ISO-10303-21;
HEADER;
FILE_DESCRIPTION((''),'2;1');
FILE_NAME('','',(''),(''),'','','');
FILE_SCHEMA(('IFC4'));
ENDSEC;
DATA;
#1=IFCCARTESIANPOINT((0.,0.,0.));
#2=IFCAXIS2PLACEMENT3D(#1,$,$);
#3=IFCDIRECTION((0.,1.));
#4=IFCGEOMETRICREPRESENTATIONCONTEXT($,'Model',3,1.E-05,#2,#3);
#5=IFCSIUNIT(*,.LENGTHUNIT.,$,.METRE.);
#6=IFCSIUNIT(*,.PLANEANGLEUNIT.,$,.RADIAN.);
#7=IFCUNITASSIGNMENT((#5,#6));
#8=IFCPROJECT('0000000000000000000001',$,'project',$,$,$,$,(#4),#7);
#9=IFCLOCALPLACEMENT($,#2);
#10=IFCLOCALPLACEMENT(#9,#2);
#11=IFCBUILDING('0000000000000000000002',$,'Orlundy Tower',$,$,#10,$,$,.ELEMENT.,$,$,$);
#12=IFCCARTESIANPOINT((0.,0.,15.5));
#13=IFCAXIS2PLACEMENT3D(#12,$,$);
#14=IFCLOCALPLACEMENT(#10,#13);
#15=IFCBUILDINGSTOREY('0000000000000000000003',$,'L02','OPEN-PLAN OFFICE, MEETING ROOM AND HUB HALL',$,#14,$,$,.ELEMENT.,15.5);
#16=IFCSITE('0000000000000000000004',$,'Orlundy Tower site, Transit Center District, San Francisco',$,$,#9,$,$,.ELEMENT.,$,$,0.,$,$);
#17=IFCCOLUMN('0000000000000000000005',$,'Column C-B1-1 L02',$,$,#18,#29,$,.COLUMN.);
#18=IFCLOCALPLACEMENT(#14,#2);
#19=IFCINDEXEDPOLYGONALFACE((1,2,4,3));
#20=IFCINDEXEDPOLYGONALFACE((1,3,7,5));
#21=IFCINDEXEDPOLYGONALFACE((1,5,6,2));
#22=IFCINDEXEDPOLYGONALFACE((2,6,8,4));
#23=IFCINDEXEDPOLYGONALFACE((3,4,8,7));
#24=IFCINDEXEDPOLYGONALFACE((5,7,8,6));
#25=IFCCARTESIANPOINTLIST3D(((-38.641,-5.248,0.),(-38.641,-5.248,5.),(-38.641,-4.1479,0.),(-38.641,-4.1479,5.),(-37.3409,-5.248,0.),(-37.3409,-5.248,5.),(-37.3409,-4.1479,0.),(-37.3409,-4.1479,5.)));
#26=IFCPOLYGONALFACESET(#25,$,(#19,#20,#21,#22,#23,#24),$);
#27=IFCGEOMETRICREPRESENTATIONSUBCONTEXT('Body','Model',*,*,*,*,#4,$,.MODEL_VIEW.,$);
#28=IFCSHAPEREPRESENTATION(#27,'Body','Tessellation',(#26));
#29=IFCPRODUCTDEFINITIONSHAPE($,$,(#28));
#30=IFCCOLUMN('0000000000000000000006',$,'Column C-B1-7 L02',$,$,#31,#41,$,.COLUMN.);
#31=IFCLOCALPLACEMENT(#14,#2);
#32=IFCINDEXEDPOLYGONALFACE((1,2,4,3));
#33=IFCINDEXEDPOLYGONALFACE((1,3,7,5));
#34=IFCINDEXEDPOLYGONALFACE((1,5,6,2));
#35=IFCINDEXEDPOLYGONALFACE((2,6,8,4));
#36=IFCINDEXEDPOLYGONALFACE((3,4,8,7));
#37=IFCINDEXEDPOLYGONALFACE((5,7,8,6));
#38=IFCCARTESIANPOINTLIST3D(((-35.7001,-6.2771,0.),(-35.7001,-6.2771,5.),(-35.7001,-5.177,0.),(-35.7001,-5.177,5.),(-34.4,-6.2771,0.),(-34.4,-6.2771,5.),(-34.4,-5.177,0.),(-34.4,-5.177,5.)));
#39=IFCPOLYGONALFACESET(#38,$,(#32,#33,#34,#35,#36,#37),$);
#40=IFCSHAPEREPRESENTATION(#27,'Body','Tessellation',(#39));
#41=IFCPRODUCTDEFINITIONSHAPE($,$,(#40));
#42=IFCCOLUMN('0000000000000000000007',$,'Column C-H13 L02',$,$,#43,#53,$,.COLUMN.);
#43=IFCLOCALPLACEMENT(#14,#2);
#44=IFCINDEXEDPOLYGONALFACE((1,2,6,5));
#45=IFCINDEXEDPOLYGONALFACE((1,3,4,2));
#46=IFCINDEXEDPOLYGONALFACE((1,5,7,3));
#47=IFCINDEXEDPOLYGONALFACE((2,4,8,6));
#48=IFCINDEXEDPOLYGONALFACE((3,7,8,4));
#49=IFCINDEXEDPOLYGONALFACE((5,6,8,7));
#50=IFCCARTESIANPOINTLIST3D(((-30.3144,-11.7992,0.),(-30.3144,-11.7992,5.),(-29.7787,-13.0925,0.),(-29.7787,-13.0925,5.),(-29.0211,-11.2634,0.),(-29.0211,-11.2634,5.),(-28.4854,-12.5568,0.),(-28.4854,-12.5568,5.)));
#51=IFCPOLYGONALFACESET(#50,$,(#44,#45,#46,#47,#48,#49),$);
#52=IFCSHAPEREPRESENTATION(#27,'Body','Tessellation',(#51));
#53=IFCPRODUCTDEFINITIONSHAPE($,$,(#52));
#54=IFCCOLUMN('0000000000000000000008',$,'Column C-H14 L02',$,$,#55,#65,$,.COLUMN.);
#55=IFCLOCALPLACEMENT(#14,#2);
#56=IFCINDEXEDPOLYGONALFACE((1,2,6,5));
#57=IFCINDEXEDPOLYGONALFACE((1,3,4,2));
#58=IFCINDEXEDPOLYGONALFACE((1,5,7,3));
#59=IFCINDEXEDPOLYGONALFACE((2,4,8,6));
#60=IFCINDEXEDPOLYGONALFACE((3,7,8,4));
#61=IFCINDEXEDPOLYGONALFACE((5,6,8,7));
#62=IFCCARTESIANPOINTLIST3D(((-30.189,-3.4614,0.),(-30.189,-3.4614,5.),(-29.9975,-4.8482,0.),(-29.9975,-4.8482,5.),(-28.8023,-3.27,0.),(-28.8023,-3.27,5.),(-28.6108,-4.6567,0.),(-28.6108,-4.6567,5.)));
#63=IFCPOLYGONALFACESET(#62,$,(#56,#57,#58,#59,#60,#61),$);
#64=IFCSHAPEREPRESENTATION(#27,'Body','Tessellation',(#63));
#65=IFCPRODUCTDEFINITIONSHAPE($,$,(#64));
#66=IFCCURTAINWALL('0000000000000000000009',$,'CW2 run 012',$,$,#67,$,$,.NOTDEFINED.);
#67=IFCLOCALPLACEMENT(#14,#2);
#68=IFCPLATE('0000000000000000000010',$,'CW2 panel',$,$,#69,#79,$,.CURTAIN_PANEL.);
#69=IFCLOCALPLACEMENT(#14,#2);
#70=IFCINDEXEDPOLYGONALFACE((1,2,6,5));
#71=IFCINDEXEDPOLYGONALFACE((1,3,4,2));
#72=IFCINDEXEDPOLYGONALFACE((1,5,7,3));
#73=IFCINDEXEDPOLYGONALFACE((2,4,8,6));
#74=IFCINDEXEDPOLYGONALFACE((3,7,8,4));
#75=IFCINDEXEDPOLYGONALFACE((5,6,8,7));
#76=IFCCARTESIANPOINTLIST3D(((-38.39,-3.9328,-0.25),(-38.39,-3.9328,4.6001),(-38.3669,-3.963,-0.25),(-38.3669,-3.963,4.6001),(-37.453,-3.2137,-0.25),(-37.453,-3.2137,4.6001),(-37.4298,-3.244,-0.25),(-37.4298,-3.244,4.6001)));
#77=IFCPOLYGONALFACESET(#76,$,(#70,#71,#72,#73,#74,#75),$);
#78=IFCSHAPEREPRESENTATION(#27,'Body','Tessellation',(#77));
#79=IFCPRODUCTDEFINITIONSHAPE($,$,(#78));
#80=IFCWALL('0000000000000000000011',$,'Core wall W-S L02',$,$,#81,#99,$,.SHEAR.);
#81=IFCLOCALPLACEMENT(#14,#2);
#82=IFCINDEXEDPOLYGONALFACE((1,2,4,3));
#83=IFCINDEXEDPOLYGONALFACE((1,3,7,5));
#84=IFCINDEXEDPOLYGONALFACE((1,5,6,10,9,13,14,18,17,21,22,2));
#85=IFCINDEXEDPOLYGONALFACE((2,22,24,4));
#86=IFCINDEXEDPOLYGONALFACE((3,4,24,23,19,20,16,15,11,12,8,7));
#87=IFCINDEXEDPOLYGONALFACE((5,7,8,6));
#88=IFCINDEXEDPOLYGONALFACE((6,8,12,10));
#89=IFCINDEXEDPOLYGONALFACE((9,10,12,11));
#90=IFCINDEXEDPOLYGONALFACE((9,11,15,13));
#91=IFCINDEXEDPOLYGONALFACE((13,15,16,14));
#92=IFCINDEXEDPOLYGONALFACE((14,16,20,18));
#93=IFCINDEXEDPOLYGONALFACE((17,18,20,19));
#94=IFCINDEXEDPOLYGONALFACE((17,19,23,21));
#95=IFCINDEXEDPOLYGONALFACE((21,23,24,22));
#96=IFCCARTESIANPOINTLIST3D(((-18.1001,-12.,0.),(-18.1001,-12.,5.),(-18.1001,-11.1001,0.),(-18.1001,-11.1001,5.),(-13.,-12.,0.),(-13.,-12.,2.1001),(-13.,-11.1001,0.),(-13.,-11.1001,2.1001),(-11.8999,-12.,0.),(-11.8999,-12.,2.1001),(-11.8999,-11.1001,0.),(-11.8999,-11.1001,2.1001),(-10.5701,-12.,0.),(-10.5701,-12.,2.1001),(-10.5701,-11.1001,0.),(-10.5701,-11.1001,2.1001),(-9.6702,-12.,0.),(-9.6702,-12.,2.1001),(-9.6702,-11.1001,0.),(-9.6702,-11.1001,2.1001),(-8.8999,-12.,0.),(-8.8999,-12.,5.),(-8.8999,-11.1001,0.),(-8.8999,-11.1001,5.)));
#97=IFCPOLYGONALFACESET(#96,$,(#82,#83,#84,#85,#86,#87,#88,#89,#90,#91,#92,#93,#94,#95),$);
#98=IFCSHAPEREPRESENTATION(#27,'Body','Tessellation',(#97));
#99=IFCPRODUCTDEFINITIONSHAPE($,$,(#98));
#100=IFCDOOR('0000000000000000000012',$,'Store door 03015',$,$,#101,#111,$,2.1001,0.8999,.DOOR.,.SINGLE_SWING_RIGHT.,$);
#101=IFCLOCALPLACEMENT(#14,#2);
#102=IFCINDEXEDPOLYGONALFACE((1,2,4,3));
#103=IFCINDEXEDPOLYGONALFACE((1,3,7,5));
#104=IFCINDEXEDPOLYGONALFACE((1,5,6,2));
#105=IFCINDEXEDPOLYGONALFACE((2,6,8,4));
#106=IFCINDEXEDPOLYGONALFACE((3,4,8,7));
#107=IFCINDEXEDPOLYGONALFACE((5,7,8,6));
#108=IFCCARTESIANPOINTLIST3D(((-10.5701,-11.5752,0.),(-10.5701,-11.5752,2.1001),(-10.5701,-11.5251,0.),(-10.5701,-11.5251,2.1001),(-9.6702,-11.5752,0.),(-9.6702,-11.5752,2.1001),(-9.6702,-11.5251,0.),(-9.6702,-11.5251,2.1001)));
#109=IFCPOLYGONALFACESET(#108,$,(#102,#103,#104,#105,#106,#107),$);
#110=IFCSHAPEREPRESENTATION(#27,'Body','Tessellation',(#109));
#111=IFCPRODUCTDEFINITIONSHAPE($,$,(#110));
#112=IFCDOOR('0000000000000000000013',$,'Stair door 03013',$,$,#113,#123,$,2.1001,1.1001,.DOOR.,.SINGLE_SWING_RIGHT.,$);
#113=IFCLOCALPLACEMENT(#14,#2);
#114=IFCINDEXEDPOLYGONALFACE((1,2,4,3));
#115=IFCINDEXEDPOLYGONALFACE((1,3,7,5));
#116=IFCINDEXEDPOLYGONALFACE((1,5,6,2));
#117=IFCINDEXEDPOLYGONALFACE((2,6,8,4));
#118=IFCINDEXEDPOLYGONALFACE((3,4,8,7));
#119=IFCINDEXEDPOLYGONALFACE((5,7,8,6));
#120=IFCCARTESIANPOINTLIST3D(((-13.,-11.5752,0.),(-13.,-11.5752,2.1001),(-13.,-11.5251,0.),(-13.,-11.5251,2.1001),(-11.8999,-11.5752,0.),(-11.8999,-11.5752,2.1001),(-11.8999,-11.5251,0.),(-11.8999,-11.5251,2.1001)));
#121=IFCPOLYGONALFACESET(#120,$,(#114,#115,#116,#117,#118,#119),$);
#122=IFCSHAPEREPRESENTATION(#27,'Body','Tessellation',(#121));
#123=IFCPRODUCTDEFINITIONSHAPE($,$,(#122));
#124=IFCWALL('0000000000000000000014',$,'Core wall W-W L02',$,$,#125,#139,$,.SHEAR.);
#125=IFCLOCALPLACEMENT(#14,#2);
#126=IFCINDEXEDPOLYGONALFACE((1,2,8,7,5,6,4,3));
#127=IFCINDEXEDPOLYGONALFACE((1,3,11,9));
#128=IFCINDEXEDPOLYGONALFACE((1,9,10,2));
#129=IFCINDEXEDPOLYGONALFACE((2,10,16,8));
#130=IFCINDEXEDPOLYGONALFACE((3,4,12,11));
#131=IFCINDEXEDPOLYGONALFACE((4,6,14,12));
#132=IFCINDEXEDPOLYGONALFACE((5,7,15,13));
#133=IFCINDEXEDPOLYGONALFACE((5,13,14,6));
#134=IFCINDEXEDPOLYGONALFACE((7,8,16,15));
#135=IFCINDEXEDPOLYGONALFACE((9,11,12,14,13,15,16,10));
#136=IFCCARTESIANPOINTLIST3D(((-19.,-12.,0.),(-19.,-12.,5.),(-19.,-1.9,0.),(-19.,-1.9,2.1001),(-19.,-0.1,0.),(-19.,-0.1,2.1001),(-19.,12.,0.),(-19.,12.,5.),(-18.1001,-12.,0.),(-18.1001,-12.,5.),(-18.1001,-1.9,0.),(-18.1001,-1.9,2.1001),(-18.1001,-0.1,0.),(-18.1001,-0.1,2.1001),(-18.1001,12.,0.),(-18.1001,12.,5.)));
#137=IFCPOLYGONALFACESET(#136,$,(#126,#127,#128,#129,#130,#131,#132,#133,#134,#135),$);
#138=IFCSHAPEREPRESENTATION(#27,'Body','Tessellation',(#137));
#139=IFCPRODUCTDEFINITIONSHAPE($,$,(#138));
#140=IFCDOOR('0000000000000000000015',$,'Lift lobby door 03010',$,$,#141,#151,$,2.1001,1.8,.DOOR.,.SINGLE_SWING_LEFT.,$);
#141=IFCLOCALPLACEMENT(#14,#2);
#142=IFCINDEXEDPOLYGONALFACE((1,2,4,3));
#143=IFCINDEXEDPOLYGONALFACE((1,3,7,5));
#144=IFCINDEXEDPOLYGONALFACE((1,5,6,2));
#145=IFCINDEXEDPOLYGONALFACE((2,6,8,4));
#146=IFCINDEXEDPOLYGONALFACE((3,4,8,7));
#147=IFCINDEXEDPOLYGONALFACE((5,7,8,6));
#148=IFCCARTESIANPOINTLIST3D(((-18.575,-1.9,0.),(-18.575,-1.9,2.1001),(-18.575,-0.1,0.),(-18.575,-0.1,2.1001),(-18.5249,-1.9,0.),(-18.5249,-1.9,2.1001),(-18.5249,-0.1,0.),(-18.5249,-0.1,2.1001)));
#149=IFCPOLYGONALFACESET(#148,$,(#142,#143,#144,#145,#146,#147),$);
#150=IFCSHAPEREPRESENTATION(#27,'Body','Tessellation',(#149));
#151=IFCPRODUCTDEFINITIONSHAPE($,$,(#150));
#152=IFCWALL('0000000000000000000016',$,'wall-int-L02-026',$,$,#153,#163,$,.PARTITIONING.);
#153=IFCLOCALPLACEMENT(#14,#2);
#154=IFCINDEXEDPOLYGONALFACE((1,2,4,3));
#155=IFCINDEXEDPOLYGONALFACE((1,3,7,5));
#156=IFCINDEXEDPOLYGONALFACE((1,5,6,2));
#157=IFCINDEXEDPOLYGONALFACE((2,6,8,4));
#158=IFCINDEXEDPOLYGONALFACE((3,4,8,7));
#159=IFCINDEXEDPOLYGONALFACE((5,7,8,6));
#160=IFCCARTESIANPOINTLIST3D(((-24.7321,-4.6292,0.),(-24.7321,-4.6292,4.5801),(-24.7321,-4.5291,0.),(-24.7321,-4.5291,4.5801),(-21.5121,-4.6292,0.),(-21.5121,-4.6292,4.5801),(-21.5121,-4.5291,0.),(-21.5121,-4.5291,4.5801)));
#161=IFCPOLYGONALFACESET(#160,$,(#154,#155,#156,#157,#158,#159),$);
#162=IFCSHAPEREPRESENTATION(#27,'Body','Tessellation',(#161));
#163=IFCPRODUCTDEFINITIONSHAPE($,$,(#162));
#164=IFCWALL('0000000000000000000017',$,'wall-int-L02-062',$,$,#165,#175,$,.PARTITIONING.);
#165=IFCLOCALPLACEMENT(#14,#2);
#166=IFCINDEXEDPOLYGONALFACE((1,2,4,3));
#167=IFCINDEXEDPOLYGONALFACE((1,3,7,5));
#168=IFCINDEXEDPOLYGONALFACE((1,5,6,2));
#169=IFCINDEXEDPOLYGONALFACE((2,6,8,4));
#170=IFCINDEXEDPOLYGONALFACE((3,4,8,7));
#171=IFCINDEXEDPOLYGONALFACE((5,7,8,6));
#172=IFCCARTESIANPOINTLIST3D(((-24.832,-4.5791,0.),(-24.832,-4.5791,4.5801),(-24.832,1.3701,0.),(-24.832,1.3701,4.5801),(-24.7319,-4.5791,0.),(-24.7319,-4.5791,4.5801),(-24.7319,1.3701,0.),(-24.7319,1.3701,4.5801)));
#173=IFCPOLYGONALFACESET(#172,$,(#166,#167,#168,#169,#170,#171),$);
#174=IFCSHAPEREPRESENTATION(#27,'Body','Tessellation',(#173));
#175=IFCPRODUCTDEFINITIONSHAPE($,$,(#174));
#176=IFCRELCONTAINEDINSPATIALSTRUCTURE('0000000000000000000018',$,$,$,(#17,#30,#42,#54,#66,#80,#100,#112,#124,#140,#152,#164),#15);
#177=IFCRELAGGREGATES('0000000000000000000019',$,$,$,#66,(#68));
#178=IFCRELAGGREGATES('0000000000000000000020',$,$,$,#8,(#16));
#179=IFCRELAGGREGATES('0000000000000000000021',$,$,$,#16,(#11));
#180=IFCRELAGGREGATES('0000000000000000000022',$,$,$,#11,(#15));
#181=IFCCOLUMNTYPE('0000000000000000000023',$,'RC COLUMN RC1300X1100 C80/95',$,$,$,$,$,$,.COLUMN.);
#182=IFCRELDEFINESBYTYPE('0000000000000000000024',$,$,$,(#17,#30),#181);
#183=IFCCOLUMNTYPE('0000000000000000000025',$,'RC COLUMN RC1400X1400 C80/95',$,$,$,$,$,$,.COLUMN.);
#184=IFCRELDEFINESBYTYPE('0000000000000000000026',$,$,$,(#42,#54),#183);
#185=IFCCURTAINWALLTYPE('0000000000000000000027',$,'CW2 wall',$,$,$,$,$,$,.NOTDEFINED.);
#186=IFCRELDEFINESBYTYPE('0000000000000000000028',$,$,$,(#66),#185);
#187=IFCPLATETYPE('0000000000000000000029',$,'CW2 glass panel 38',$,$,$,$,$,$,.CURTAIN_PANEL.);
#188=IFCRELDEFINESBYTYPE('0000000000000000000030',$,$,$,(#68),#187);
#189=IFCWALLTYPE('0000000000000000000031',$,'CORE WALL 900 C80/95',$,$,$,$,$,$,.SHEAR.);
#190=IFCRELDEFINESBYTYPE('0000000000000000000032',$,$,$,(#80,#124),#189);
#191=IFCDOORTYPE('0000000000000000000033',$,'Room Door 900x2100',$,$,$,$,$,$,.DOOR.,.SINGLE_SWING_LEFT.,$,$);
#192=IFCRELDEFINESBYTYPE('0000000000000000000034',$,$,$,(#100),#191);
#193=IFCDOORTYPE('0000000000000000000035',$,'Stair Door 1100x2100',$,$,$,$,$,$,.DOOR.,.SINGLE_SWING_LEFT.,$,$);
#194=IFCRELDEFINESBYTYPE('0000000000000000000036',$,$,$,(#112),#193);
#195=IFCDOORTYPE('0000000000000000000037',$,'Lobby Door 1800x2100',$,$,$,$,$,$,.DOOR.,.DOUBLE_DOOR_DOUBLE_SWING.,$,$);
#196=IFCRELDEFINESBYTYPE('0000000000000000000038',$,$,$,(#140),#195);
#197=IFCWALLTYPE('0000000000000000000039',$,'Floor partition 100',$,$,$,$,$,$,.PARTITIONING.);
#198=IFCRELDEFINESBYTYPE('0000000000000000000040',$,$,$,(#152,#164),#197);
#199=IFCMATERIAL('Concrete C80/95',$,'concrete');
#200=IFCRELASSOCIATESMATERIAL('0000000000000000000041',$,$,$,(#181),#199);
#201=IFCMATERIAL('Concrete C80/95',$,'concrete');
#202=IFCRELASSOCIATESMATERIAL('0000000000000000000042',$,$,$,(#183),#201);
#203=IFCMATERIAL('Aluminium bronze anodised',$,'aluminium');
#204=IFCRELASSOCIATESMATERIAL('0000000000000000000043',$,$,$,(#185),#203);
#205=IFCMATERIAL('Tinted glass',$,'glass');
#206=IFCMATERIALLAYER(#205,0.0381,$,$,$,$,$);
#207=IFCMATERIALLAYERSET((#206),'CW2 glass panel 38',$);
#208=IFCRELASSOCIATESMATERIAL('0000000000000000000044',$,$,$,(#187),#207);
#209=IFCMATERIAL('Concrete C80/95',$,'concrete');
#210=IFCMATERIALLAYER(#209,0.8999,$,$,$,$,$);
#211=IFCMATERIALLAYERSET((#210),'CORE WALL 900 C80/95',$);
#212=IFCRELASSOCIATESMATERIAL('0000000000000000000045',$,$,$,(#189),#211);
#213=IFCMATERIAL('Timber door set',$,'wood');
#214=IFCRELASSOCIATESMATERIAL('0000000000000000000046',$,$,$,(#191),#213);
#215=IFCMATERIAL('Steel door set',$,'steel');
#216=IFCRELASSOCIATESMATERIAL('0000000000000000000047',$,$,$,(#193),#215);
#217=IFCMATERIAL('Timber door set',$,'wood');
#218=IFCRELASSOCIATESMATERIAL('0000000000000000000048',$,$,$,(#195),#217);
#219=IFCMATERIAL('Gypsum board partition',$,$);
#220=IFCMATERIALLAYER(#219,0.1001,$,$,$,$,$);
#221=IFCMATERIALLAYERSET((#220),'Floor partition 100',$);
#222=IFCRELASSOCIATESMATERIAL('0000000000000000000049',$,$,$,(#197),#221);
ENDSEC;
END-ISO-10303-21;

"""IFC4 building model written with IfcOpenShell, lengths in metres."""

from ifc_helpers import new_model, si_unit, direction, frame, frame_2d, origin, origin_2d, place, context, subcontext, project, spatial, rectangle, extrude, material, layer, layer_set, material_profile, profile_set, type_object, element, fill, aggregate, save


model = new_model("IFC4")

# Units and contexts
model_context = context("Model", 3, precision=1e-05, world=origin(), true_north=direction((0.0, 1.0)))
body_context = subcontext(model_context, "Body", "Model", "MODEL_VIEW")
ifc_project = project(units=[si_unit("LENGTHUNIT", "METRE"), si_unit("PLANEANGLEUNIT", "RADIAN")], contexts=[model_context])

# Site, building, storey
site_placement = place(None, origin())
site = spatial("IfcSite", under=ifc_project, at=site_placement, Name="Orlundy Tower site, Transit Center District, San Francisco", CompositionType="ELEMENT", RefElevation=0.0)
building_placement = place(site_placement, origin())
building = spatial("IfcBuilding", under=site, at=building_placement, Name="Orlundy Tower", CompositionType="ELEMENT")
storey_placement = place(building_placement, frame((0.0, 0.0, 15.5)))
storey = spatial("IfcBuildingStorey", under=building, at=storey_placement, Name="L02", Description="OPEN-PLAN OFFICE, MEETING ROOM AND HUB HALL", CompositionType="ELEMENT", Elevation=15.5)

# Columns
ifc_material_1 = material(Name="Concrete C80/95", Category="concrete")
ifc_material_profile_1 = material_profile(ifc_material_1, rectangle(XDim=1.3, YDim=1.1001, at=origin_2d()), Name="RC1300X1100")
ifc_profile_set_1 = profile_set([ifc_material_profile_1], Name="Concrete C80/95")
column_type_1 = type_object("IfcColumnType", Name="RC COLUMN RC1300X1100 C80/95", PredefinedType="COLUMN", material=ifc_profile_set_1)
for number, where, z_axis, x_axis, name in (
    (1, (-37.991, -4.698, 0.0), (0.0, 0.0, 1.0), (1.0, 0.0, 0.0), "Column C-B1-1 L02"),
    (2, (-35.05, -5.7271, 0.0), (0.0, 0.0, 1.0), (1.0, 0.0, 0.0), "Column C-B1-7 L02"),
):
    element("IfcColumn", number, at=place(storey_placement, frame(where, z_axis=z_axis, x_axis=x_axis)), inside=storey, type_object=column_type_1, Name=name, PredefinedType="COLUMN", context=body_context, shape_type="SweptSolid", body=[
        extrude(rectangle(XDim=1.3, YDim=1.1001, at=origin_2d()), origin(), (0.0, 0.0, 1.0), 5.0),
    ])
ifc_material_2 = material(Name="Concrete C80/95", Category="concrete")
ifc_material_profile_2 = material_profile(ifc_material_2, rectangle(XDim=1.3999, YDim=1.3999, at=origin_2d()), Name="RC1400X1400")
ifc_profile_set_2 = profile_set([ifc_material_profile_2], Name="Concrete C80/95")
column_type_2 = type_object("IfcColumnType", Name="RC COLUMN RC1400X1400 C80/95", PredefinedType="COLUMN", material=ifc_profile_set_2)
for number, where, z_axis, x_axis, name in (
    (3, (-29.3999, -12.178, 0.0), (0.0, 0.0, 1.0), (-0.92388, -0.382683, 0.0), "Column C-H13 L02"),
    (4, (-29.3999, -4.0591, 0.0), (0.0, 0.0, 1.0), (-0.990603, -0.13677, 0.0), "Column C-H14 L02"),
):
    element("IfcColumn", number, at=place(storey_placement, frame(where, z_axis=z_axis, x_axis=x_axis)), inside=storey, type_object=column_type_2, Name=name, PredefinedType="COLUMN", context=body_context, shape_type="SweptSolid", body=[
        extrude(rectangle(XDim=1.3999, YDim=1.3999, at=origin_2d()), origin(), (0.0, 0.0, 1.0), 5.0),
    ])

# Curtain wall, plate
ifc_material_3 = material(Name="Aluminium bronze anodised", Category="aluminium")
curtain_wall_type = type_object("IfcCurtainWallType", Name="CW2 wall", PredefinedType="NOTDEFINED", material=ifc_material_3)
curtain_wall_placement = place(storey_placement, origin())
curtain_wall = element("IfcCurtainWall", 5, at=curtain_wall_placement, inside=storey, type_object=curtain_wall_type, Name="CW2 run 012", PredefinedType="NOTDEFINED")
ifc_material_4 = material(Name="Tinted glass", Category="glass")
ifc_layer_1 = layer(ifc_material_4, 0.0381)
ifc_layer_set_1 = layer_set([ifc_layer_1], Name="CW2 glass panel 38")
plate_type = type_object("IfcPlateType", Name="CW2 glass panel 38", PredefinedType="CURTAIN_PANEL", material=ifc_layer_set_1)
plate_placement = place(storey_placement, frame((-37.9099, -3.5884, -0.25), z_axis=(0.0, 0.0, 1.0), x_axis=(0.793348, 0.608768, 0.0)))
plate = element("IfcPlate", 6, at=plate_placement, type_object=plate_type, Name="CW2 panel", PredefinedType="CURTAIN_PANEL", context=body_context, shape_type="SweptSolid", body=[
    extrude(rectangle(XDim=1.1812, YDim=0.0381, at=origin_2d()), origin(), (0.0, 0.0, 1.0), 4.8501),
])
aggregate(curtain_wall, [plate])

# Wall, openings, doors
ifc_material_5 = material(Name="Concrete C80/95", Category="concrete")
ifc_layer_2 = layer(ifc_material_5, 0.8999)
ifc_layer_set_2 = layer_set([ifc_layer_2], Name="CORE WALL 900 C80/95")
wall_type_1 = type_object("IfcWallType", Name="CORE WALL 900 C80/95", PredefinedType="SHEAR", material=ifc_layer_set_2)
wall_1_placement = place(storey_placement, frame((-18.1001, -11.55, 0.0), z_axis=(0.0, 0.0, 1.0), x_axis=(1.0, 0.0, 0.0)))
wall_1 = element("IfcWall", 7, at=wall_1_placement, inside=storey, type_object=wall_type_1, Name="Core wall W-S L02", PredefinedType="SHEAR", context=body_context, shape_type="SweptSolid", body=[
    extrude(rectangle(XDim=9.2002, YDim=0.8999, at=frame_2d((4.6001, 0.0))), origin(), (0.0, 0.0, 1.0), 5.0),
])
opening_1_placement = place(wall_1_placement, frame((5.1001, 0.0, 0.0)))
opening_1 = element("IfcOpeningElement", 8, at=opening_1_placement, cuts=wall_1, PredefinedType="OPENING", context=body_context, shape_type="SweptSolid", body=[
    extrude(rectangle(XDim=1.1001, YDim=2.1001, at=frame_2d((0.55, 1.05))), frame((0.0, 0.46, 0.0), z_axis=(0.0, -1.0, 0.0), x_axis=(1.0, 0.0, 0.0)), (0.0, 0.0, 1.0), 0.9199),
])
opening_2_placement = place(wall_1_placement, frame((7.53, 0.0, 0.0)))
opening_2 = element("IfcOpeningElement", 9, at=opening_2_placement, cuts=wall_1, PredefinedType="OPENING", context=body_context, shape_type="SweptSolid", body=[
    extrude(rectangle(XDim=0.8999, YDim=2.1001, at=frame_2d((0.45, 1.05))), frame((0.0, 0.46, 0.0), z_axis=(0.0, -1.0, 0.0), x_axis=(1.0, 0.0, 0.0)), (0.0, 0.0, 1.0), 0.9199),
])
ifc_material_6 = material(Name="Timber door set", Category="wood")
door_type_1 = type_object("IfcDoorType", Name="Room Door 900x2100", OperationType="SINGLE_SWING_LEFT", PredefinedType="DOOR", material=ifc_material_6)
door_1_placement = place(opening_2_placement, origin())
door_1 = element("IfcDoor", 10, at=door_1_placement, inside=storey, type_object=door_type_1, Name="Store door 03015", OperationType="SINGLE_SWING_RIGHT", OverallHeight=2.1001, OverallWidth=0.8999, PredefinedType="DOOR", context=body_context, shape_type="SweptSolid", body=[
    extrude(rectangle(XDim=0.8999, YDim=2.1001, at=frame_2d((0.45, 1.05))), frame((0.0, 0.0249, 0.0), z_axis=(0.0, -1.0, 0.0), x_axis=(1.0, 0.0, 0.0)), (0.0, 0.0, 1.0), 0.05),
])
fill(opening_2, door_1)
ifc_material_7 = material(Name="Steel door set", Category="steel")
door_type_2 = type_object("IfcDoorType", Name="Stair Door 1100x2100", OperationType="SINGLE_SWING_LEFT", PredefinedType="DOOR", material=ifc_material_7)
door_2_placement = place(opening_1_placement, origin())
door_2 = element("IfcDoor", 11, at=door_2_placement, inside=storey, type_object=door_type_2, Name="Stair door 03013", OperationType="SINGLE_SWING_RIGHT", OverallHeight=2.1001, OverallWidth=1.1001, PredefinedType="DOOR", context=body_context, shape_type="SweptSolid", body=[
    extrude(rectangle(XDim=1.1001, YDim=2.1001, at=frame_2d((0.55, 1.05))), frame((0.0, 0.0249, 0.0), z_axis=(0.0, -1.0, 0.0), x_axis=(1.0, 0.0, 0.0)), (0.0, 0.0, 1.0), 0.05),
])
fill(opening_1, door_2)

# Wall, opening, door
wall_2_placement = place(storey_placement, frame((-18.55, -12.0, 0.0), z_axis=(0.0, 0.0, 1.0), x_axis=(0.0, 1.0, 0.0)))
wall_2 = element("IfcWall", 12, at=wall_2_placement, inside=storey, type_object=wall_type_1, Name="Core wall W-W L02", PredefinedType="SHEAR", context=body_context, shape_type="SweptSolid", body=[
    extrude(rectangle(XDim=24.0, YDim=0.8999, at=frame_2d((12.0, 0.0))), origin(), (0.0, 0.0, 1.0), 5.0),
])
opening_3_placement = place(wall_2_placement, frame((10.1001, 0.0, 0.0)))
opening_3 = element("IfcOpeningElement", 13, at=opening_3_placement, cuts=wall_2, PredefinedType="OPENING", context=body_context, shape_type="SweptSolid", body=[
    extrude(rectangle(XDim=1.8, YDim=2.1001, at=frame_2d((0.8999, 1.05))), frame((0.0, 0.46, 0.0), z_axis=(0.0, -1.0, 0.0), x_axis=(1.0, 0.0, 0.0)), (0.0, 0.0, 1.0), 0.9199),
])
ifc_material_8 = material(Name="Timber door set", Category="wood")
door_type_3 = type_object("IfcDoorType", Name="Lobby Door 1800x2100", OperationType="DOUBLE_DOOR_DOUBLE_SWING", PredefinedType="DOOR", material=ifc_material_8)
door_3_placement = place(opening_3_placement, origin())
door_3 = element("IfcDoor", 14, at=door_3_placement, inside=storey, type_object=door_type_3, Name="Lift lobby door 03010", OperationType="SINGLE_SWING_LEFT", OverallHeight=2.1001, OverallWidth=1.8, PredefinedType="DOOR", context=body_context, shape_type="SweptSolid", body=[
    extrude(rectangle(XDim=1.8, YDim=2.1001, at=frame_2d((0.8999, 1.05))), frame((0.0, 0.0249, 0.0), z_axis=(0.0, -1.0, 0.0), x_axis=(1.0, 0.0, 0.0)), (0.0, 0.0, 1.0), 0.05),
])
fill(opening_3, door_3)

# Walls
ifc_material_9 = material(Name="Gypsum board partition")
ifc_layer_3 = layer(ifc_material_9, 0.1001)
ifc_layer_set_3 = layer_set([ifc_layer_3], Name="Floor partition 100")
wall_type_2 = type_object("IfcWallType", Name="Floor partition 100", PredefinedType="PARTITIONING", material=ifc_layer_set_3)
wall_3_placement = place(storey_placement, frame((-24.7319, -4.5791, 0.0), z_axis=(0.0, 0.0, 1.0), x_axis=(1.0, 0.0, 0.0)))
element("IfcWall", 15, at=wall_3_placement, inside=storey, type_object=wall_type_2, Name="wall-int-L02-026", PredefinedType="PARTITIONING", context=body_context, shape_type="SweptSolid", body=[
    extrude(rectangle(XDim=3.22, YDim=0.1001, at=frame_2d((1.6099, 0.0))), origin(), (0.0, 0.0, 1.0), 4.5801),
])
wall_4_placement = place(storey_placement, frame((-24.782, -4.5791, 0.0), z_axis=(0.0, 0.0, 1.0), x_axis=(0.0, 1.0, 0.0)))
element("IfcWall", 16, at=wall_4_placement, inside=storey, type_object=wall_type_2, Name="wall-int-L02-062", PredefinedType="PARTITIONING", context=body_context, shape_type="SweptSolid", body=[
    extrude(rectangle(XDim=5.9492, YDim=0.1001, at=frame_2d((2.9746, 0.0))), origin(), (0.0, 0.0, 1.0), 4.5801),
])

save(model, "model.ifc")
